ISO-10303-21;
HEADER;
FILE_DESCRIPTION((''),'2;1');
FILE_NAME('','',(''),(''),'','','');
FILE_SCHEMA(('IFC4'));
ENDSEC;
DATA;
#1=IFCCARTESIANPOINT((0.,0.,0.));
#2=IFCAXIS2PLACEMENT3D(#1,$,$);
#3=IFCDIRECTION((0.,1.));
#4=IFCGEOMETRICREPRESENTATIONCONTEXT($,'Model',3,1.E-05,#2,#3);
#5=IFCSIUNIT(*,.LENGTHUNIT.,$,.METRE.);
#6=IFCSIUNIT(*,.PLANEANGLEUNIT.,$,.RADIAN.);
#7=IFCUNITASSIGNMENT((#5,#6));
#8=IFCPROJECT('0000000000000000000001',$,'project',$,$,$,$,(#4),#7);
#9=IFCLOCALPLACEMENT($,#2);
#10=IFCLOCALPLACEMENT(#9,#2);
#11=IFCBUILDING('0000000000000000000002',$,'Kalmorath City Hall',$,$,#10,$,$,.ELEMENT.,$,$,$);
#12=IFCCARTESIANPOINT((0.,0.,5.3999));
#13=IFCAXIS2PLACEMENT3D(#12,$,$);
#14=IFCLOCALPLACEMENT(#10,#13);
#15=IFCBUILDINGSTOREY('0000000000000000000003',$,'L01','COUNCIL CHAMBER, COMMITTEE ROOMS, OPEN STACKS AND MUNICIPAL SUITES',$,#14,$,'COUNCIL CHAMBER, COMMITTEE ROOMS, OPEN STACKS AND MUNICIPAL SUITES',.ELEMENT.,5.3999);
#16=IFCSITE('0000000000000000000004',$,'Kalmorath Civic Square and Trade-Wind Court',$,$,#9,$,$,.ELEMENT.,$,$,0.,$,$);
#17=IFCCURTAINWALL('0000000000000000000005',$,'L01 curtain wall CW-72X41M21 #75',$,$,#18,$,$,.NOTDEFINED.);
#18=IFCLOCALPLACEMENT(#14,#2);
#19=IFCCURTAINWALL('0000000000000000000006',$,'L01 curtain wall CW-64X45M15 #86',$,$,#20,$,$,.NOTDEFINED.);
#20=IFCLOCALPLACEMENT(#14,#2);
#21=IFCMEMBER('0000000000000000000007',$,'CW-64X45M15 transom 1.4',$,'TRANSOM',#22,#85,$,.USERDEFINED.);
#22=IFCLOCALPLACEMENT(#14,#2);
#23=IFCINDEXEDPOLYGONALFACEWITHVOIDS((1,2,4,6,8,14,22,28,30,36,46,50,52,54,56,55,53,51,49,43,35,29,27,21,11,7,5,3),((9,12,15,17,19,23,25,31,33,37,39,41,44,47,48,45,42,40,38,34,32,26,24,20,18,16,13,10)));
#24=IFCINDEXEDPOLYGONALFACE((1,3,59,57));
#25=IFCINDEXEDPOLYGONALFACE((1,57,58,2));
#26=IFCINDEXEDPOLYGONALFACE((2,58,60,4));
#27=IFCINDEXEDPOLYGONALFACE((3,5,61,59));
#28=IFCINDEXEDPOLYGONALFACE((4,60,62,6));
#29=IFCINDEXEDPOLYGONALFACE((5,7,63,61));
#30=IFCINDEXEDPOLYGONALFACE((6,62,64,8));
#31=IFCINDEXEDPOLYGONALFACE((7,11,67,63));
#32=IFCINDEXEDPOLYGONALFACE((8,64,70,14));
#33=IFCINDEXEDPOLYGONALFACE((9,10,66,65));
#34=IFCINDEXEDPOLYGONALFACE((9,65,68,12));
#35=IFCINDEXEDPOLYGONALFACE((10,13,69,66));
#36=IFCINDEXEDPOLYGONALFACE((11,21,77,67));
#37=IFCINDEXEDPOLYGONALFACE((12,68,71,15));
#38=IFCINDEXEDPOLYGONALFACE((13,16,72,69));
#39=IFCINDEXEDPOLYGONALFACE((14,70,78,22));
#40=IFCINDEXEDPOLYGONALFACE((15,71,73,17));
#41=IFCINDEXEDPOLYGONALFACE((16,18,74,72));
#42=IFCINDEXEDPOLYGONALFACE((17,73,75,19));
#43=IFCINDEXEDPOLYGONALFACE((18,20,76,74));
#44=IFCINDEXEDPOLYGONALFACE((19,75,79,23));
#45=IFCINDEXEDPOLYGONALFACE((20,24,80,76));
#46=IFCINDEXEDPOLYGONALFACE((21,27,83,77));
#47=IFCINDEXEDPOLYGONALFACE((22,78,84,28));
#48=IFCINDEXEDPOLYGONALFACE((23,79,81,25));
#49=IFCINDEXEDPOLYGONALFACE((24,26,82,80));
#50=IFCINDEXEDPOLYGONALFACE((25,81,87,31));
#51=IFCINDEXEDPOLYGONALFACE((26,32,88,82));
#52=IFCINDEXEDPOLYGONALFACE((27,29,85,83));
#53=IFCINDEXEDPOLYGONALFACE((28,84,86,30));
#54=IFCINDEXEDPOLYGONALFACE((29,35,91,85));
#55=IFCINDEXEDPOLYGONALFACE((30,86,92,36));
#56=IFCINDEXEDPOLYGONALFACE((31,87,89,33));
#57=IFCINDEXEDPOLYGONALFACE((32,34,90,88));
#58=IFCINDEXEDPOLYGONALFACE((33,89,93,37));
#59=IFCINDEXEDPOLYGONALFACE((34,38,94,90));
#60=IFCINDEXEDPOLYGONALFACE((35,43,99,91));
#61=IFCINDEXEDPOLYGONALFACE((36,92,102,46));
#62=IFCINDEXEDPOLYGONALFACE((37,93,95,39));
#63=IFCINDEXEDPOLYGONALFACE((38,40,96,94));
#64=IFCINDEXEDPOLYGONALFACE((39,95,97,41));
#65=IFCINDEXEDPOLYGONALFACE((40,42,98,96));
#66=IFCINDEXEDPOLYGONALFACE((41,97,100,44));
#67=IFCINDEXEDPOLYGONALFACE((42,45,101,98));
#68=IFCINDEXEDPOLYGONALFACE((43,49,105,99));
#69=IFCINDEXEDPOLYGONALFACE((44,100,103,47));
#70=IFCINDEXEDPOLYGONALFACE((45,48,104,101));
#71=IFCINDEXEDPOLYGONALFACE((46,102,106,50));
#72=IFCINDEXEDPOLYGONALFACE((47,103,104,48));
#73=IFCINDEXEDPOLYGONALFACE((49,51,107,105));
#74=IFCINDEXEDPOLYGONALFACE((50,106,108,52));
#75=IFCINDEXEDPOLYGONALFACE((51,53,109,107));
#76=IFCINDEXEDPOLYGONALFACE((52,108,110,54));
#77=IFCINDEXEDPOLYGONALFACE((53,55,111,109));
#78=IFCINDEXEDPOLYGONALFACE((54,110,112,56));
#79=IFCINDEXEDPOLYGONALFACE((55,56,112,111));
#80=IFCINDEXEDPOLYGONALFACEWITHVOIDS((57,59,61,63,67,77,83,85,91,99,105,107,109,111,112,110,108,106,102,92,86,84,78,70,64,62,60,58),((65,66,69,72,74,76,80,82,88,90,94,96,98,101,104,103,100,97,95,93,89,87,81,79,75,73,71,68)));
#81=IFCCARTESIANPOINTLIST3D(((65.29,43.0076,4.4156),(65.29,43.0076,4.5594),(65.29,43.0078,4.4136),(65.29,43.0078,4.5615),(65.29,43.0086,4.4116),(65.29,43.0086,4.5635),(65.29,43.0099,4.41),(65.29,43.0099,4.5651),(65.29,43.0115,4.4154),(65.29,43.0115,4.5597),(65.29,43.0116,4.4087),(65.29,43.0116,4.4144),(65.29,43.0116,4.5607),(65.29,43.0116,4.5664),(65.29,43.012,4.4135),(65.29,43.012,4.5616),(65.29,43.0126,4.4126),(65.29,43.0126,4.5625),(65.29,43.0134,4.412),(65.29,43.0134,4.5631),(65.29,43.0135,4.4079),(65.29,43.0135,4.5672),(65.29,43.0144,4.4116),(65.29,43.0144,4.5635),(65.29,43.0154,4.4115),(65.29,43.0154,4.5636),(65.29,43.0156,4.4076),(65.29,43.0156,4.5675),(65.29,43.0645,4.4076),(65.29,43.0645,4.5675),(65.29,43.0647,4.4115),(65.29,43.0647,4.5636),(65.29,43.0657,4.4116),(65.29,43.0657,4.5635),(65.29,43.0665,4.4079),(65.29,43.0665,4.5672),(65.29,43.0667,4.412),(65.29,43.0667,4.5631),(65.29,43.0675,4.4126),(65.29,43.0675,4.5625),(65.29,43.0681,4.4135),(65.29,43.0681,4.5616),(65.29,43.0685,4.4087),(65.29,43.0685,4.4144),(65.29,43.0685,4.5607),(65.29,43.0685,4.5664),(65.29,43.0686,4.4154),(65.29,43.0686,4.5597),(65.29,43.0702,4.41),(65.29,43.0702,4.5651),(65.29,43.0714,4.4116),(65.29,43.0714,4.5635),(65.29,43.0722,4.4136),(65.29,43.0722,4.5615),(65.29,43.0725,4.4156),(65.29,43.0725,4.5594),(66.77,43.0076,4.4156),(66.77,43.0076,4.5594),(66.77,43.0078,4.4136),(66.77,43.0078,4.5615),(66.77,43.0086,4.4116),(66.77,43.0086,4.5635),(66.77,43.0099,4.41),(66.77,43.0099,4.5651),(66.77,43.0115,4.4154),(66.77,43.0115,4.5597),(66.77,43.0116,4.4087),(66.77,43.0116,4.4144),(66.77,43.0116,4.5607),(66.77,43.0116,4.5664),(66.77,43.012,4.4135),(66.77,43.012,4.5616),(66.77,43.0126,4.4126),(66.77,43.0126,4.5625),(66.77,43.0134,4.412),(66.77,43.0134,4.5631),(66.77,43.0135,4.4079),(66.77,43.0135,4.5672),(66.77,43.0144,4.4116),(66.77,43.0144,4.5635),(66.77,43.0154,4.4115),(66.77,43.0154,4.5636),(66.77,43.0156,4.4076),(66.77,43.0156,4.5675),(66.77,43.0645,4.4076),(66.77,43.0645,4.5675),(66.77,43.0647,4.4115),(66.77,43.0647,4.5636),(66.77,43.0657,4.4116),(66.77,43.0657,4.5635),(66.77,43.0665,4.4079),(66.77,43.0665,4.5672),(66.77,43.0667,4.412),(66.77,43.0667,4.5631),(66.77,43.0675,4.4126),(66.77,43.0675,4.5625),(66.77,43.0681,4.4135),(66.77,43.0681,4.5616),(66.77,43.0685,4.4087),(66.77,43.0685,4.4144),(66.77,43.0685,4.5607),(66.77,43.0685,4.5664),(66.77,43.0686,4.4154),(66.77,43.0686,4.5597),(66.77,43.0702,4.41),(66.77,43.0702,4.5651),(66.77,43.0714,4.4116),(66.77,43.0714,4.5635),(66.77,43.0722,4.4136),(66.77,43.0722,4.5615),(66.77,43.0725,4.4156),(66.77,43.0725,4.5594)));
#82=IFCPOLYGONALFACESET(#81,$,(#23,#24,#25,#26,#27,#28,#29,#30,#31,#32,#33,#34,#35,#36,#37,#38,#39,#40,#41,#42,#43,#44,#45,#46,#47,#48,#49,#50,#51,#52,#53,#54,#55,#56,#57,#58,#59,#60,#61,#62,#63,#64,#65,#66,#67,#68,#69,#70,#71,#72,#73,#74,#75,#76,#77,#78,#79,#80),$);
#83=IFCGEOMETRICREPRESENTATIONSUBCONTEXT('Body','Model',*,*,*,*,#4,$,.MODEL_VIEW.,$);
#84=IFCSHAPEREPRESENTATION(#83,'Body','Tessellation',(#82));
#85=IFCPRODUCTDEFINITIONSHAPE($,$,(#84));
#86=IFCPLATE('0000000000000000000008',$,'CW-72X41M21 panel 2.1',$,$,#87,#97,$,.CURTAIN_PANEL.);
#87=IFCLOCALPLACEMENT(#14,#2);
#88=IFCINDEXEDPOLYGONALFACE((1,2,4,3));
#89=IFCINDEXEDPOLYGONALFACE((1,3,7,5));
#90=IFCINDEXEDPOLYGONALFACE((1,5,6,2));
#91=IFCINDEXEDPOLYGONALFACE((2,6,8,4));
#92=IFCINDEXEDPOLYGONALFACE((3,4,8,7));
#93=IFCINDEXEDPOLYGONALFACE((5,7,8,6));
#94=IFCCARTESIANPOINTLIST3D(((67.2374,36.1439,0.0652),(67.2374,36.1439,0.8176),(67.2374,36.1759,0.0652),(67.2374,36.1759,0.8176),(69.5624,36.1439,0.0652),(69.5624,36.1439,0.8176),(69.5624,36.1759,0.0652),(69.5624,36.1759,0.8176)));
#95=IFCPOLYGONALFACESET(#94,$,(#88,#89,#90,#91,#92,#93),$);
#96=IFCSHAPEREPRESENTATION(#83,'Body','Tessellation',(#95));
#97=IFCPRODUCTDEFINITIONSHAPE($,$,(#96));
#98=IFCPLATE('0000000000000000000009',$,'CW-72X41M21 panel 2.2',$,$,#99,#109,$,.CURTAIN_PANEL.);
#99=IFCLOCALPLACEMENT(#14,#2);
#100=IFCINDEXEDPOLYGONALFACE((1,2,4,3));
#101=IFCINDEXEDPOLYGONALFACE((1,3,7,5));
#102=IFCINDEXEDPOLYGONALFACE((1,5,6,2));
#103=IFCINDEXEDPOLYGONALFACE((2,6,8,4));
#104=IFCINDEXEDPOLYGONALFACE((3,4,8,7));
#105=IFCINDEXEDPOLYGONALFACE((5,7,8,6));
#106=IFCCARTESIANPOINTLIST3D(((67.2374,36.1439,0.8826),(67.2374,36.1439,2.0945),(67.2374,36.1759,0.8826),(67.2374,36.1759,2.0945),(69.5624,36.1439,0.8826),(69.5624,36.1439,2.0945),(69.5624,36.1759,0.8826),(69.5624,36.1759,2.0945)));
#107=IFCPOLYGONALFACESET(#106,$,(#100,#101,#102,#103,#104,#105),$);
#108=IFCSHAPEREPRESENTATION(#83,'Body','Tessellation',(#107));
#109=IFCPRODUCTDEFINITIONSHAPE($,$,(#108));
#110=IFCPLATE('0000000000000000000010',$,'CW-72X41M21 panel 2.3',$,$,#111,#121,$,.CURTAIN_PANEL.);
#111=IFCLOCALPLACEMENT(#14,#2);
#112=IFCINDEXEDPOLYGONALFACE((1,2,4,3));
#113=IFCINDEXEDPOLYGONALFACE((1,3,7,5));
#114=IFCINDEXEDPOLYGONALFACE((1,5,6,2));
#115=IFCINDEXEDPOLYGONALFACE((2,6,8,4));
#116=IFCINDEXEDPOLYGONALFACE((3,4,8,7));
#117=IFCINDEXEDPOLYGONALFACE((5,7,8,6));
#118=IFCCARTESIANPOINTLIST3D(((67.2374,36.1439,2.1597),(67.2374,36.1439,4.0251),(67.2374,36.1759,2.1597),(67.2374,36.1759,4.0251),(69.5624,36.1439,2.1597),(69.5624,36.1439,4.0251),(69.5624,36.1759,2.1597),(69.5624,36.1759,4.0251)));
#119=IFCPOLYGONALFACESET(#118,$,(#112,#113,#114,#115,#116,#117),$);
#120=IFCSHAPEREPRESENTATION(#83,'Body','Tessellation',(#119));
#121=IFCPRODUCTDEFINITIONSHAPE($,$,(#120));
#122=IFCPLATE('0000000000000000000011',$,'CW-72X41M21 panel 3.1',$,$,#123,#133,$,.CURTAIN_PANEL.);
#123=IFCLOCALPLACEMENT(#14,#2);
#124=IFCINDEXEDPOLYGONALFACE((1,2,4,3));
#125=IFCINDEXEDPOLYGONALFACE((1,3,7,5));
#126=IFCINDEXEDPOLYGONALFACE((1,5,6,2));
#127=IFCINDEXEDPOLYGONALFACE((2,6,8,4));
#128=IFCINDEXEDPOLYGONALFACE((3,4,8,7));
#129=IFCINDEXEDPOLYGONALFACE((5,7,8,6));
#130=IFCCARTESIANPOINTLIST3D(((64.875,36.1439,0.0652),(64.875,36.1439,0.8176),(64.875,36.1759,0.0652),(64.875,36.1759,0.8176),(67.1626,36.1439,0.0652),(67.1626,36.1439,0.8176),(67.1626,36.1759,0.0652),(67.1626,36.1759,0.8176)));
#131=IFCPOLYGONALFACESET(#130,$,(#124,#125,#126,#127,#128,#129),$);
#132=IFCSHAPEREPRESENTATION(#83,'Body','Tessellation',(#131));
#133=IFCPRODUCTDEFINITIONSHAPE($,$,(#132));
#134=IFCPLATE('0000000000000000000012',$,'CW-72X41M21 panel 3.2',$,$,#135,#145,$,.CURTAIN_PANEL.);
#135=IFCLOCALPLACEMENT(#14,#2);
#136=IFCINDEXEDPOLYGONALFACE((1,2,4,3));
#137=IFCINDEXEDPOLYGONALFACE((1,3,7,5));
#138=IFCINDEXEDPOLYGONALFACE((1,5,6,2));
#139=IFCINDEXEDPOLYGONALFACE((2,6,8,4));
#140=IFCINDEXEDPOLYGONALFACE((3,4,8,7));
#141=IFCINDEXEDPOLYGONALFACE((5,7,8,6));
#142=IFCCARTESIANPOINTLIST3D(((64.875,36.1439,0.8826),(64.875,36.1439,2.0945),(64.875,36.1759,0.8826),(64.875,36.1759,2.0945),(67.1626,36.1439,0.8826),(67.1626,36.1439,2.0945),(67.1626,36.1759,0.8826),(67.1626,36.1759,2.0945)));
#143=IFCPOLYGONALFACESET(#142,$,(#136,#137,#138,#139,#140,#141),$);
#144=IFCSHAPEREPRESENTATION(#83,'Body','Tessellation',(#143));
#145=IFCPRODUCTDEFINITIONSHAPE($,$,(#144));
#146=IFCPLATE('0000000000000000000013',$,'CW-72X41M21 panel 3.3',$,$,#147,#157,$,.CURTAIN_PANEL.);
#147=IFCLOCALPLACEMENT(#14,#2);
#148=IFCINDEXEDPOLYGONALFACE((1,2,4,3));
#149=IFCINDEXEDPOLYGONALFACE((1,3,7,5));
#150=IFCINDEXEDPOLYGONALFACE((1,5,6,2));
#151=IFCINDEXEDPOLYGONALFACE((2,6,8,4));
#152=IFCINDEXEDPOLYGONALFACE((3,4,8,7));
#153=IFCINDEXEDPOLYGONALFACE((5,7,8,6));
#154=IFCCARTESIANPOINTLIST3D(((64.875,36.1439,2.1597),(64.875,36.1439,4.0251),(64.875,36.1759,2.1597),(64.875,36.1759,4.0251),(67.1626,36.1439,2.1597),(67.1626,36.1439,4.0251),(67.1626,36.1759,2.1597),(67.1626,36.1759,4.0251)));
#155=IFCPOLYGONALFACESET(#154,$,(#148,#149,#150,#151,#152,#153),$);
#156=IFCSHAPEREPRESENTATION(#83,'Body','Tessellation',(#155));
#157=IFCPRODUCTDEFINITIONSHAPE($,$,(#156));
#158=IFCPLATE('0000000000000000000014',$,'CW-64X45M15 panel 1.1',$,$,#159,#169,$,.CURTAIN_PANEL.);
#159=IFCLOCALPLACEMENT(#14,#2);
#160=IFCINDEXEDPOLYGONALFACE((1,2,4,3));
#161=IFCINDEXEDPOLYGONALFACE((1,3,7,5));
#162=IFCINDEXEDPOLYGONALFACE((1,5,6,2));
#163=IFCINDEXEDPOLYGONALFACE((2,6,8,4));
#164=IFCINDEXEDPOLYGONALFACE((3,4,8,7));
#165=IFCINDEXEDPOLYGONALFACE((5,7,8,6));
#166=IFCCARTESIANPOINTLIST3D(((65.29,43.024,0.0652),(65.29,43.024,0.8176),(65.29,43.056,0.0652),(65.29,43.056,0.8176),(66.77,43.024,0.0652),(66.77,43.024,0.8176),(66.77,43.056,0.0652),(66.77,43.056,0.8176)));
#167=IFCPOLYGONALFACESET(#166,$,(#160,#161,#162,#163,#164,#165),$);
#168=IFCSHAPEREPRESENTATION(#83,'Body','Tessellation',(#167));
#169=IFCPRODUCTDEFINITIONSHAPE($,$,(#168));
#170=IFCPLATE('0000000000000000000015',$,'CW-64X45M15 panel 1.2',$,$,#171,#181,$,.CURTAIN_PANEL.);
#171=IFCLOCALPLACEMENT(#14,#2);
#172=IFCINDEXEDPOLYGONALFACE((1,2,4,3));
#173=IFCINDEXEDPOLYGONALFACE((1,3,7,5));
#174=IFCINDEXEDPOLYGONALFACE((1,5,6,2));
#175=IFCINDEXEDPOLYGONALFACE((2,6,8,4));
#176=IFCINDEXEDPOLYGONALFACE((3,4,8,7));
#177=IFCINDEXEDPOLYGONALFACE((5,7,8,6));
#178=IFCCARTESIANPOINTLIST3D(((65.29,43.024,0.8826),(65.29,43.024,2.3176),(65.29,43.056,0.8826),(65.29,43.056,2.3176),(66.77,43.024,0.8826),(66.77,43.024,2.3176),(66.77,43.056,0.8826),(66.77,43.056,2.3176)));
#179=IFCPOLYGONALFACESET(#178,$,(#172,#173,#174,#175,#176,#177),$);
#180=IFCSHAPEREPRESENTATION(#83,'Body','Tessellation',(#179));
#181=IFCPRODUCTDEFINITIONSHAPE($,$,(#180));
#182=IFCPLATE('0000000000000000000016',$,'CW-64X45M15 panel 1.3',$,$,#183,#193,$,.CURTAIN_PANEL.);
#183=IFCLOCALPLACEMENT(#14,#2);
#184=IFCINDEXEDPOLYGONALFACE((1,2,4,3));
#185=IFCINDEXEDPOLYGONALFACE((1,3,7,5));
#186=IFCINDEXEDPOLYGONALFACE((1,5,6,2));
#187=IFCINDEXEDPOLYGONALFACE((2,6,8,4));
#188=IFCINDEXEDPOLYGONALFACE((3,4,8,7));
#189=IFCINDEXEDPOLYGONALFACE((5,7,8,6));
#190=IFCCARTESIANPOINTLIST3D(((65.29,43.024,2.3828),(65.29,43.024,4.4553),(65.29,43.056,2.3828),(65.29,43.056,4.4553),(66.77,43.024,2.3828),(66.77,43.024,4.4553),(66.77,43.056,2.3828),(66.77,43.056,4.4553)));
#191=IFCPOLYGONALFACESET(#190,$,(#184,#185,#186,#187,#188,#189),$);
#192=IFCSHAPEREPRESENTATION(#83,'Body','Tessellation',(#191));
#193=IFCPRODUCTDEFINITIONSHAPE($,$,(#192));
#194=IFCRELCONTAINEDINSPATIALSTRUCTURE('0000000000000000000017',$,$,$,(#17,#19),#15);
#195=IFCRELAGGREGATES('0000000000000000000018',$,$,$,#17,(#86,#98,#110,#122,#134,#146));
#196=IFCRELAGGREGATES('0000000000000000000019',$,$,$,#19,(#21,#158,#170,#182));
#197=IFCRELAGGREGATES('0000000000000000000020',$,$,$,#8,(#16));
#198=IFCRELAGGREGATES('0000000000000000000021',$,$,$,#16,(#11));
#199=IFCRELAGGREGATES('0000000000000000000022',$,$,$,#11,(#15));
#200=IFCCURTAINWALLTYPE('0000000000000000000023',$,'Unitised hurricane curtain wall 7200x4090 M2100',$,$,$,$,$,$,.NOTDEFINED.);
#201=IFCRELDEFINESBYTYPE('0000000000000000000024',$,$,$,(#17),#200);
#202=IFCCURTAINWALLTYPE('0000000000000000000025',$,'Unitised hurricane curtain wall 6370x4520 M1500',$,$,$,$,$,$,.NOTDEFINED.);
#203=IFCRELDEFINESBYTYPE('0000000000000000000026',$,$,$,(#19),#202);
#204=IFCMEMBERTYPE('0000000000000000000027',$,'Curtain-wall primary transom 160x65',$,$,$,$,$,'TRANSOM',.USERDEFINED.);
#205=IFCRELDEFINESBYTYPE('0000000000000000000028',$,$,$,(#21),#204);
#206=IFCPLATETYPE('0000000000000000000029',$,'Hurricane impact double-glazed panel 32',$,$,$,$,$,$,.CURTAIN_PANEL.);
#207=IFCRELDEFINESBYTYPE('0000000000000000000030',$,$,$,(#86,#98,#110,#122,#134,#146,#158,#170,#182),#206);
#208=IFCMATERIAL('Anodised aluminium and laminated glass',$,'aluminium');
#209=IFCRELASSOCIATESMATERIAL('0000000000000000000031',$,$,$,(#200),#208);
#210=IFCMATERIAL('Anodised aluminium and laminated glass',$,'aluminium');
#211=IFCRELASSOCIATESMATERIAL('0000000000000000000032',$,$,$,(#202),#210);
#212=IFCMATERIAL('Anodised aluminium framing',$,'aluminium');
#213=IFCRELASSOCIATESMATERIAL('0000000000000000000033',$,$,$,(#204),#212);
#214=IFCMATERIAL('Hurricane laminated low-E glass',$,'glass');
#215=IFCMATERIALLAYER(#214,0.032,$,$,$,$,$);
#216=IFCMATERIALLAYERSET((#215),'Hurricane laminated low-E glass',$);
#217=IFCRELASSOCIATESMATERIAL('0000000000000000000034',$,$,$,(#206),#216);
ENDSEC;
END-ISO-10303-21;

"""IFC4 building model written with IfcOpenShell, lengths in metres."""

from ifc_helpers import new_model, si_unit, direction, frame, origin, origin_2d, place, context, subcontext, project, spatial, rectangle, hollow_rectangle, extrude, material, layer, layer_set, material_profile, profile_set, type_object, element, aggregate, save


model = new_model("IFC4")

# Units and contexts
model_context = context("Model", 3, precision=1e-05, world=origin(), true_north=direction((0.0, 1.0)))
body_context = subcontext(model_context, "Body", "Model", "MODEL_VIEW")
ifc_project = project(units=[si_unit("LENGTHUNIT", "METRE"), si_unit("PLANEANGLEUNIT", "RADIAN")], contexts=[model_context])

# Site, building, storey
site_placement = place(None, origin())
site = spatial("IfcSite", under=ifc_project, at=site_placement, Name="Kalmorath Civic Square and Trade-Wind Court", CompositionType="ELEMENT", RefElevation=0.0)
building_placement = place(site_placement, origin())
building = spatial("IfcBuilding", under=site, at=building_placement, Name="Kalmorath City Hall", CompositionType="ELEMENT")
storey_placement = place(building_placement, frame((0.0, 0.0, 5.3999)))
storey = spatial("IfcBuildingStorey", under=building, at=storey_placement, Name="L01", Description="COUNCIL CHAMBER, COMMITTEE ROOMS, OPEN STACKS AND MUNICIPAL SUITES", LongName="COUNCIL CHAMBER, COMMITTEE ROOMS, OPEN STACKS AND MUNICIPAL SUITES", CompositionType="ELEMENT", Elevation=5.3999)

# Curtain wall
ifc_material_1 = material(Name="Anodised aluminium and laminated glass", Category="aluminium")
curtain_wall_type_1 = type_object("IfcCurtainWallType", Name="Unitised hurricane curtain wall 7200x4090 M2100", PredefinedType="NOTDEFINED", material=ifc_material_1)
curtain_wall_1_placement = place(storey_placement, origin())
curtain_wall_1 = element("IfcCurtainWall", 1, at=curtain_wall_1_placement, inside=storey, type_object=curtain_wall_type_1, Name="L01 curtain wall CW-72X41M21 #75", PredefinedType="NOTDEFINED")

# Curtain wall
ifc_material_2 = material(Name="Anodised aluminium and laminated glass", Category="aluminium")
curtain_wall_type_2 = type_object("IfcCurtainWallType", Name="Unitised hurricane curtain wall 6370x4520 M1500", PredefinedType="NOTDEFINED", material=ifc_material_2)
curtain_wall_2_placement = place(storey_placement, origin())
curtain_wall_2 = element("IfcCurtainWall", 2, at=curtain_wall_2_placement, inside=storey, type_object=curtain_wall_type_2, Name="L01 curtain wall CW-64X45M15 #86", PredefinedType="NOTDEFINED")

# Member
ifc_material_3 = material(Name="Anodised aluminium framing", Category="aluminium")
ifc_material_profile_1 = material_profile(ifc_material_3, hollow_rectangle(XDim=0.0649, YDim=0.1599, WallThickness=0.0039, InnerFilletRadius=0.0039, OuterFilletRadius=0.0081, at=origin_2d()), Name="ALU-TRN-160X65X4")
ifc_profile_set_1 = profile_set([ifc_material_profile_1], Name="Anodised aluminium framing")
member_type_1 = type_object("IfcMemberType", Name="Curtain-wall primary transom 160x65", ElementType="TRANSOM", PredefinedType="USERDEFINED", material=ifc_profile_set_1)
member_1_placement = place(storey_placement, frame((65.29, 43.04, 4.4875), z_axis=(1.0, 0.0, 0.0), x_axis=(0.0, 1.0, 0.0)))
member_1 = element("IfcMember", 3, at=member_1_placement, type_object=member_type_1, Name="CW-64X45M15 transom 1.4", ObjectType="TRANSOM", PredefinedType="USERDEFINED", context=body_context, shape_type="SweptSolid", body=[
    extrude(hollow_rectangle(XDim=0.0649, YDim=0.1599, WallThickness=0.0039, InnerFilletRadius=0.0039, OuterFilletRadius=0.0081, at=origin_2d()), origin(), (0.0, 0.0, 1.0), 1.48),
])

# Plates
ifc_material_4 = material(Name="Hurricane laminated low-E glass", Category="glass")
ifc_layer = layer(ifc_material_4, 0.032)
ifc_layer_set = layer_set([ifc_layer], Name="Hurricane laminated low-E glass")
plate_type = type_object("IfcPlateType", Name="Hurricane impact double-glazed panel 32", PredefinedType="CURTAIN_PANEL", material=ifc_layer_set)
plate_1_placement = place(storey_placement, frame((68.3999, 36.1599, 0.0652), z_axis=(0.0, 0.0, 1.0), x_axis=(-1.0, 0.0, 0.0)))
plate_1 = element("IfcPlate", 4, at=plate_1_placement, type_object=plate_type, Name="CW-72X41M21 panel 2.1", PredefinedType="CURTAIN_PANEL", context=body_context, shape_type="SweptSolid", body=[
    extrude(rectangle(XDim=2.325, YDim=0.032, at=origin_2d()), origin(), (0.0, 0.0, 1.0), 0.7524),
])
plate_2_placement = place(storey_placement, frame((68.3999, 36.1599, 0.8826), z_axis=(0.0, 0.0, 1.0), x_axis=(-1.0, 0.0, 0.0)))
plate_2 = element("IfcPlate", 5, at=plate_2_placement, type_object=plate_type, Name="CW-72X41M21 panel 2.2", PredefinedType="CURTAIN_PANEL", context=body_context, shape_type="SweptSolid", body=[
    extrude(rectangle(XDim=2.325, YDim=0.032, at=origin_2d()), origin(), (0.0, 0.0, 1.0), 1.2119),
])
plate_3_placement = place(storey_placement, frame((68.3999, 36.1599, 2.1597), z_axis=(0.0, 0.0, 1.0), x_axis=(-1.0, 0.0, 0.0)))
plate_3 = element("IfcPlate", 6, at=plate_3_placement, type_object=plate_type, Name="CW-72X41M21 panel 2.3", PredefinedType="CURTAIN_PANEL", context=body_context, shape_type="SweptSolid", body=[
    extrude(rectangle(XDim=2.325, YDim=0.032, at=origin_2d()), origin(), (0.0, 0.0, 1.0), 1.8655),
])
plate_4_placement = place(storey_placement, frame((66.0188, 36.1599, 0.0652), z_axis=(0.0, 0.0, 1.0), x_axis=(-1.0, 0.0, 0.0)))
plate_4 = element("IfcPlate", 7, at=plate_4_placement, type_object=plate_type, Name="CW-72X41M21 panel 3.1", PredefinedType="CURTAIN_PANEL", context=body_context, shape_type="SweptSolid", body=[
    extrude(rectangle(XDim=2.2876, YDim=0.032, at=origin_2d()), origin(), (0.0, 0.0, 1.0), 0.7524),
])
plate_5_placement = place(storey_placement, frame((66.0188, 36.1599, 0.8826), z_axis=(0.0, 0.0, 1.0), x_axis=(-1.0, 0.0, 0.0)))
plate_5 = element("IfcPlate", 8, at=plate_5_placement, type_object=plate_type, Name="CW-72X41M21 panel 3.2", PredefinedType="CURTAIN_PANEL", context=body_context, shape_type="SweptSolid", body=[
    extrude(rectangle(XDim=2.2876, YDim=0.032, at=origin_2d()), origin(), (0.0, 0.0, 1.0), 1.2119),
])
plate_6_placement = place(storey_placement, frame((66.0188, 36.1599, 2.1597), z_axis=(0.0, 0.0, 1.0), x_axis=(-1.0, 0.0, 0.0)))
plate_6 = element("IfcPlate", 9, at=plate_6_placement, type_object=plate_type, Name="CW-72X41M21 panel 3.3", PredefinedType="CURTAIN_PANEL", context=body_context, shape_type="SweptSolid", body=[
    extrude(rectangle(XDim=2.2876, YDim=0.032, at=origin_2d()), origin(), (0.0, 0.0, 1.0), 1.8655),
])
aggregate(curtain_wall_1, [plate_1, plate_2, plate_3, plate_4, plate_5, plate_6])
plate_7_placement = place(storey_placement, frame((66.03, 43.04, 0.0652), z_axis=(0.0, 0.0, 1.0), x_axis=(1.0, 0.0, 0.0)))
plate_7 = element("IfcPlate", 10, at=plate_7_placement, type_object=plate_type, Name="CW-64X45M15 panel 1.1", PredefinedType="CURTAIN_PANEL", context=body_context, shape_type="SweptSolid", body=[
    extrude(rectangle(XDim=1.48, YDim=0.032, at=origin_2d()), origin(), (0.0, 0.0, 1.0), 0.7524),
])
plate_8_placement = place(storey_placement, frame((66.03, 43.04, 0.8826), z_axis=(0.0, 0.0, 1.0), x_axis=(1.0, 0.0, 0.0)))
plate_8 = element("IfcPlate", 11, at=plate_8_placement, type_object=plate_type, Name="CW-64X45M15 panel 1.2", PredefinedType="CURTAIN_PANEL", context=body_context, shape_type="SweptSolid", body=[
    extrude(rectangle(XDim=1.48, YDim=0.032, at=origin_2d()), origin(), (0.0, 0.0, 1.0), 1.4351),
])
plate_9_placement = place(storey_placement, frame((66.03, 43.04, 2.3828), z_axis=(0.0, 0.0, 1.0), x_axis=(1.0, 0.0, 0.0)))
plate_9 = element("IfcPlate", 12, at=plate_9_placement, type_object=plate_type, Name="CW-64X45M15 panel 1.3", PredefinedType="CURTAIN_PANEL", context=body_context, shape_type="SweptSolid", body=[
    extrude(rectangle(XDim=1.48, YDim=0.032, at=origin_2d()), origin(), (0.0, 0.0, 1.0), 2.0725),
])
aggregate(curtain_wall_2, [member_1, plate_7, plate_8, plate_9])

save(model, "model.ifc")
